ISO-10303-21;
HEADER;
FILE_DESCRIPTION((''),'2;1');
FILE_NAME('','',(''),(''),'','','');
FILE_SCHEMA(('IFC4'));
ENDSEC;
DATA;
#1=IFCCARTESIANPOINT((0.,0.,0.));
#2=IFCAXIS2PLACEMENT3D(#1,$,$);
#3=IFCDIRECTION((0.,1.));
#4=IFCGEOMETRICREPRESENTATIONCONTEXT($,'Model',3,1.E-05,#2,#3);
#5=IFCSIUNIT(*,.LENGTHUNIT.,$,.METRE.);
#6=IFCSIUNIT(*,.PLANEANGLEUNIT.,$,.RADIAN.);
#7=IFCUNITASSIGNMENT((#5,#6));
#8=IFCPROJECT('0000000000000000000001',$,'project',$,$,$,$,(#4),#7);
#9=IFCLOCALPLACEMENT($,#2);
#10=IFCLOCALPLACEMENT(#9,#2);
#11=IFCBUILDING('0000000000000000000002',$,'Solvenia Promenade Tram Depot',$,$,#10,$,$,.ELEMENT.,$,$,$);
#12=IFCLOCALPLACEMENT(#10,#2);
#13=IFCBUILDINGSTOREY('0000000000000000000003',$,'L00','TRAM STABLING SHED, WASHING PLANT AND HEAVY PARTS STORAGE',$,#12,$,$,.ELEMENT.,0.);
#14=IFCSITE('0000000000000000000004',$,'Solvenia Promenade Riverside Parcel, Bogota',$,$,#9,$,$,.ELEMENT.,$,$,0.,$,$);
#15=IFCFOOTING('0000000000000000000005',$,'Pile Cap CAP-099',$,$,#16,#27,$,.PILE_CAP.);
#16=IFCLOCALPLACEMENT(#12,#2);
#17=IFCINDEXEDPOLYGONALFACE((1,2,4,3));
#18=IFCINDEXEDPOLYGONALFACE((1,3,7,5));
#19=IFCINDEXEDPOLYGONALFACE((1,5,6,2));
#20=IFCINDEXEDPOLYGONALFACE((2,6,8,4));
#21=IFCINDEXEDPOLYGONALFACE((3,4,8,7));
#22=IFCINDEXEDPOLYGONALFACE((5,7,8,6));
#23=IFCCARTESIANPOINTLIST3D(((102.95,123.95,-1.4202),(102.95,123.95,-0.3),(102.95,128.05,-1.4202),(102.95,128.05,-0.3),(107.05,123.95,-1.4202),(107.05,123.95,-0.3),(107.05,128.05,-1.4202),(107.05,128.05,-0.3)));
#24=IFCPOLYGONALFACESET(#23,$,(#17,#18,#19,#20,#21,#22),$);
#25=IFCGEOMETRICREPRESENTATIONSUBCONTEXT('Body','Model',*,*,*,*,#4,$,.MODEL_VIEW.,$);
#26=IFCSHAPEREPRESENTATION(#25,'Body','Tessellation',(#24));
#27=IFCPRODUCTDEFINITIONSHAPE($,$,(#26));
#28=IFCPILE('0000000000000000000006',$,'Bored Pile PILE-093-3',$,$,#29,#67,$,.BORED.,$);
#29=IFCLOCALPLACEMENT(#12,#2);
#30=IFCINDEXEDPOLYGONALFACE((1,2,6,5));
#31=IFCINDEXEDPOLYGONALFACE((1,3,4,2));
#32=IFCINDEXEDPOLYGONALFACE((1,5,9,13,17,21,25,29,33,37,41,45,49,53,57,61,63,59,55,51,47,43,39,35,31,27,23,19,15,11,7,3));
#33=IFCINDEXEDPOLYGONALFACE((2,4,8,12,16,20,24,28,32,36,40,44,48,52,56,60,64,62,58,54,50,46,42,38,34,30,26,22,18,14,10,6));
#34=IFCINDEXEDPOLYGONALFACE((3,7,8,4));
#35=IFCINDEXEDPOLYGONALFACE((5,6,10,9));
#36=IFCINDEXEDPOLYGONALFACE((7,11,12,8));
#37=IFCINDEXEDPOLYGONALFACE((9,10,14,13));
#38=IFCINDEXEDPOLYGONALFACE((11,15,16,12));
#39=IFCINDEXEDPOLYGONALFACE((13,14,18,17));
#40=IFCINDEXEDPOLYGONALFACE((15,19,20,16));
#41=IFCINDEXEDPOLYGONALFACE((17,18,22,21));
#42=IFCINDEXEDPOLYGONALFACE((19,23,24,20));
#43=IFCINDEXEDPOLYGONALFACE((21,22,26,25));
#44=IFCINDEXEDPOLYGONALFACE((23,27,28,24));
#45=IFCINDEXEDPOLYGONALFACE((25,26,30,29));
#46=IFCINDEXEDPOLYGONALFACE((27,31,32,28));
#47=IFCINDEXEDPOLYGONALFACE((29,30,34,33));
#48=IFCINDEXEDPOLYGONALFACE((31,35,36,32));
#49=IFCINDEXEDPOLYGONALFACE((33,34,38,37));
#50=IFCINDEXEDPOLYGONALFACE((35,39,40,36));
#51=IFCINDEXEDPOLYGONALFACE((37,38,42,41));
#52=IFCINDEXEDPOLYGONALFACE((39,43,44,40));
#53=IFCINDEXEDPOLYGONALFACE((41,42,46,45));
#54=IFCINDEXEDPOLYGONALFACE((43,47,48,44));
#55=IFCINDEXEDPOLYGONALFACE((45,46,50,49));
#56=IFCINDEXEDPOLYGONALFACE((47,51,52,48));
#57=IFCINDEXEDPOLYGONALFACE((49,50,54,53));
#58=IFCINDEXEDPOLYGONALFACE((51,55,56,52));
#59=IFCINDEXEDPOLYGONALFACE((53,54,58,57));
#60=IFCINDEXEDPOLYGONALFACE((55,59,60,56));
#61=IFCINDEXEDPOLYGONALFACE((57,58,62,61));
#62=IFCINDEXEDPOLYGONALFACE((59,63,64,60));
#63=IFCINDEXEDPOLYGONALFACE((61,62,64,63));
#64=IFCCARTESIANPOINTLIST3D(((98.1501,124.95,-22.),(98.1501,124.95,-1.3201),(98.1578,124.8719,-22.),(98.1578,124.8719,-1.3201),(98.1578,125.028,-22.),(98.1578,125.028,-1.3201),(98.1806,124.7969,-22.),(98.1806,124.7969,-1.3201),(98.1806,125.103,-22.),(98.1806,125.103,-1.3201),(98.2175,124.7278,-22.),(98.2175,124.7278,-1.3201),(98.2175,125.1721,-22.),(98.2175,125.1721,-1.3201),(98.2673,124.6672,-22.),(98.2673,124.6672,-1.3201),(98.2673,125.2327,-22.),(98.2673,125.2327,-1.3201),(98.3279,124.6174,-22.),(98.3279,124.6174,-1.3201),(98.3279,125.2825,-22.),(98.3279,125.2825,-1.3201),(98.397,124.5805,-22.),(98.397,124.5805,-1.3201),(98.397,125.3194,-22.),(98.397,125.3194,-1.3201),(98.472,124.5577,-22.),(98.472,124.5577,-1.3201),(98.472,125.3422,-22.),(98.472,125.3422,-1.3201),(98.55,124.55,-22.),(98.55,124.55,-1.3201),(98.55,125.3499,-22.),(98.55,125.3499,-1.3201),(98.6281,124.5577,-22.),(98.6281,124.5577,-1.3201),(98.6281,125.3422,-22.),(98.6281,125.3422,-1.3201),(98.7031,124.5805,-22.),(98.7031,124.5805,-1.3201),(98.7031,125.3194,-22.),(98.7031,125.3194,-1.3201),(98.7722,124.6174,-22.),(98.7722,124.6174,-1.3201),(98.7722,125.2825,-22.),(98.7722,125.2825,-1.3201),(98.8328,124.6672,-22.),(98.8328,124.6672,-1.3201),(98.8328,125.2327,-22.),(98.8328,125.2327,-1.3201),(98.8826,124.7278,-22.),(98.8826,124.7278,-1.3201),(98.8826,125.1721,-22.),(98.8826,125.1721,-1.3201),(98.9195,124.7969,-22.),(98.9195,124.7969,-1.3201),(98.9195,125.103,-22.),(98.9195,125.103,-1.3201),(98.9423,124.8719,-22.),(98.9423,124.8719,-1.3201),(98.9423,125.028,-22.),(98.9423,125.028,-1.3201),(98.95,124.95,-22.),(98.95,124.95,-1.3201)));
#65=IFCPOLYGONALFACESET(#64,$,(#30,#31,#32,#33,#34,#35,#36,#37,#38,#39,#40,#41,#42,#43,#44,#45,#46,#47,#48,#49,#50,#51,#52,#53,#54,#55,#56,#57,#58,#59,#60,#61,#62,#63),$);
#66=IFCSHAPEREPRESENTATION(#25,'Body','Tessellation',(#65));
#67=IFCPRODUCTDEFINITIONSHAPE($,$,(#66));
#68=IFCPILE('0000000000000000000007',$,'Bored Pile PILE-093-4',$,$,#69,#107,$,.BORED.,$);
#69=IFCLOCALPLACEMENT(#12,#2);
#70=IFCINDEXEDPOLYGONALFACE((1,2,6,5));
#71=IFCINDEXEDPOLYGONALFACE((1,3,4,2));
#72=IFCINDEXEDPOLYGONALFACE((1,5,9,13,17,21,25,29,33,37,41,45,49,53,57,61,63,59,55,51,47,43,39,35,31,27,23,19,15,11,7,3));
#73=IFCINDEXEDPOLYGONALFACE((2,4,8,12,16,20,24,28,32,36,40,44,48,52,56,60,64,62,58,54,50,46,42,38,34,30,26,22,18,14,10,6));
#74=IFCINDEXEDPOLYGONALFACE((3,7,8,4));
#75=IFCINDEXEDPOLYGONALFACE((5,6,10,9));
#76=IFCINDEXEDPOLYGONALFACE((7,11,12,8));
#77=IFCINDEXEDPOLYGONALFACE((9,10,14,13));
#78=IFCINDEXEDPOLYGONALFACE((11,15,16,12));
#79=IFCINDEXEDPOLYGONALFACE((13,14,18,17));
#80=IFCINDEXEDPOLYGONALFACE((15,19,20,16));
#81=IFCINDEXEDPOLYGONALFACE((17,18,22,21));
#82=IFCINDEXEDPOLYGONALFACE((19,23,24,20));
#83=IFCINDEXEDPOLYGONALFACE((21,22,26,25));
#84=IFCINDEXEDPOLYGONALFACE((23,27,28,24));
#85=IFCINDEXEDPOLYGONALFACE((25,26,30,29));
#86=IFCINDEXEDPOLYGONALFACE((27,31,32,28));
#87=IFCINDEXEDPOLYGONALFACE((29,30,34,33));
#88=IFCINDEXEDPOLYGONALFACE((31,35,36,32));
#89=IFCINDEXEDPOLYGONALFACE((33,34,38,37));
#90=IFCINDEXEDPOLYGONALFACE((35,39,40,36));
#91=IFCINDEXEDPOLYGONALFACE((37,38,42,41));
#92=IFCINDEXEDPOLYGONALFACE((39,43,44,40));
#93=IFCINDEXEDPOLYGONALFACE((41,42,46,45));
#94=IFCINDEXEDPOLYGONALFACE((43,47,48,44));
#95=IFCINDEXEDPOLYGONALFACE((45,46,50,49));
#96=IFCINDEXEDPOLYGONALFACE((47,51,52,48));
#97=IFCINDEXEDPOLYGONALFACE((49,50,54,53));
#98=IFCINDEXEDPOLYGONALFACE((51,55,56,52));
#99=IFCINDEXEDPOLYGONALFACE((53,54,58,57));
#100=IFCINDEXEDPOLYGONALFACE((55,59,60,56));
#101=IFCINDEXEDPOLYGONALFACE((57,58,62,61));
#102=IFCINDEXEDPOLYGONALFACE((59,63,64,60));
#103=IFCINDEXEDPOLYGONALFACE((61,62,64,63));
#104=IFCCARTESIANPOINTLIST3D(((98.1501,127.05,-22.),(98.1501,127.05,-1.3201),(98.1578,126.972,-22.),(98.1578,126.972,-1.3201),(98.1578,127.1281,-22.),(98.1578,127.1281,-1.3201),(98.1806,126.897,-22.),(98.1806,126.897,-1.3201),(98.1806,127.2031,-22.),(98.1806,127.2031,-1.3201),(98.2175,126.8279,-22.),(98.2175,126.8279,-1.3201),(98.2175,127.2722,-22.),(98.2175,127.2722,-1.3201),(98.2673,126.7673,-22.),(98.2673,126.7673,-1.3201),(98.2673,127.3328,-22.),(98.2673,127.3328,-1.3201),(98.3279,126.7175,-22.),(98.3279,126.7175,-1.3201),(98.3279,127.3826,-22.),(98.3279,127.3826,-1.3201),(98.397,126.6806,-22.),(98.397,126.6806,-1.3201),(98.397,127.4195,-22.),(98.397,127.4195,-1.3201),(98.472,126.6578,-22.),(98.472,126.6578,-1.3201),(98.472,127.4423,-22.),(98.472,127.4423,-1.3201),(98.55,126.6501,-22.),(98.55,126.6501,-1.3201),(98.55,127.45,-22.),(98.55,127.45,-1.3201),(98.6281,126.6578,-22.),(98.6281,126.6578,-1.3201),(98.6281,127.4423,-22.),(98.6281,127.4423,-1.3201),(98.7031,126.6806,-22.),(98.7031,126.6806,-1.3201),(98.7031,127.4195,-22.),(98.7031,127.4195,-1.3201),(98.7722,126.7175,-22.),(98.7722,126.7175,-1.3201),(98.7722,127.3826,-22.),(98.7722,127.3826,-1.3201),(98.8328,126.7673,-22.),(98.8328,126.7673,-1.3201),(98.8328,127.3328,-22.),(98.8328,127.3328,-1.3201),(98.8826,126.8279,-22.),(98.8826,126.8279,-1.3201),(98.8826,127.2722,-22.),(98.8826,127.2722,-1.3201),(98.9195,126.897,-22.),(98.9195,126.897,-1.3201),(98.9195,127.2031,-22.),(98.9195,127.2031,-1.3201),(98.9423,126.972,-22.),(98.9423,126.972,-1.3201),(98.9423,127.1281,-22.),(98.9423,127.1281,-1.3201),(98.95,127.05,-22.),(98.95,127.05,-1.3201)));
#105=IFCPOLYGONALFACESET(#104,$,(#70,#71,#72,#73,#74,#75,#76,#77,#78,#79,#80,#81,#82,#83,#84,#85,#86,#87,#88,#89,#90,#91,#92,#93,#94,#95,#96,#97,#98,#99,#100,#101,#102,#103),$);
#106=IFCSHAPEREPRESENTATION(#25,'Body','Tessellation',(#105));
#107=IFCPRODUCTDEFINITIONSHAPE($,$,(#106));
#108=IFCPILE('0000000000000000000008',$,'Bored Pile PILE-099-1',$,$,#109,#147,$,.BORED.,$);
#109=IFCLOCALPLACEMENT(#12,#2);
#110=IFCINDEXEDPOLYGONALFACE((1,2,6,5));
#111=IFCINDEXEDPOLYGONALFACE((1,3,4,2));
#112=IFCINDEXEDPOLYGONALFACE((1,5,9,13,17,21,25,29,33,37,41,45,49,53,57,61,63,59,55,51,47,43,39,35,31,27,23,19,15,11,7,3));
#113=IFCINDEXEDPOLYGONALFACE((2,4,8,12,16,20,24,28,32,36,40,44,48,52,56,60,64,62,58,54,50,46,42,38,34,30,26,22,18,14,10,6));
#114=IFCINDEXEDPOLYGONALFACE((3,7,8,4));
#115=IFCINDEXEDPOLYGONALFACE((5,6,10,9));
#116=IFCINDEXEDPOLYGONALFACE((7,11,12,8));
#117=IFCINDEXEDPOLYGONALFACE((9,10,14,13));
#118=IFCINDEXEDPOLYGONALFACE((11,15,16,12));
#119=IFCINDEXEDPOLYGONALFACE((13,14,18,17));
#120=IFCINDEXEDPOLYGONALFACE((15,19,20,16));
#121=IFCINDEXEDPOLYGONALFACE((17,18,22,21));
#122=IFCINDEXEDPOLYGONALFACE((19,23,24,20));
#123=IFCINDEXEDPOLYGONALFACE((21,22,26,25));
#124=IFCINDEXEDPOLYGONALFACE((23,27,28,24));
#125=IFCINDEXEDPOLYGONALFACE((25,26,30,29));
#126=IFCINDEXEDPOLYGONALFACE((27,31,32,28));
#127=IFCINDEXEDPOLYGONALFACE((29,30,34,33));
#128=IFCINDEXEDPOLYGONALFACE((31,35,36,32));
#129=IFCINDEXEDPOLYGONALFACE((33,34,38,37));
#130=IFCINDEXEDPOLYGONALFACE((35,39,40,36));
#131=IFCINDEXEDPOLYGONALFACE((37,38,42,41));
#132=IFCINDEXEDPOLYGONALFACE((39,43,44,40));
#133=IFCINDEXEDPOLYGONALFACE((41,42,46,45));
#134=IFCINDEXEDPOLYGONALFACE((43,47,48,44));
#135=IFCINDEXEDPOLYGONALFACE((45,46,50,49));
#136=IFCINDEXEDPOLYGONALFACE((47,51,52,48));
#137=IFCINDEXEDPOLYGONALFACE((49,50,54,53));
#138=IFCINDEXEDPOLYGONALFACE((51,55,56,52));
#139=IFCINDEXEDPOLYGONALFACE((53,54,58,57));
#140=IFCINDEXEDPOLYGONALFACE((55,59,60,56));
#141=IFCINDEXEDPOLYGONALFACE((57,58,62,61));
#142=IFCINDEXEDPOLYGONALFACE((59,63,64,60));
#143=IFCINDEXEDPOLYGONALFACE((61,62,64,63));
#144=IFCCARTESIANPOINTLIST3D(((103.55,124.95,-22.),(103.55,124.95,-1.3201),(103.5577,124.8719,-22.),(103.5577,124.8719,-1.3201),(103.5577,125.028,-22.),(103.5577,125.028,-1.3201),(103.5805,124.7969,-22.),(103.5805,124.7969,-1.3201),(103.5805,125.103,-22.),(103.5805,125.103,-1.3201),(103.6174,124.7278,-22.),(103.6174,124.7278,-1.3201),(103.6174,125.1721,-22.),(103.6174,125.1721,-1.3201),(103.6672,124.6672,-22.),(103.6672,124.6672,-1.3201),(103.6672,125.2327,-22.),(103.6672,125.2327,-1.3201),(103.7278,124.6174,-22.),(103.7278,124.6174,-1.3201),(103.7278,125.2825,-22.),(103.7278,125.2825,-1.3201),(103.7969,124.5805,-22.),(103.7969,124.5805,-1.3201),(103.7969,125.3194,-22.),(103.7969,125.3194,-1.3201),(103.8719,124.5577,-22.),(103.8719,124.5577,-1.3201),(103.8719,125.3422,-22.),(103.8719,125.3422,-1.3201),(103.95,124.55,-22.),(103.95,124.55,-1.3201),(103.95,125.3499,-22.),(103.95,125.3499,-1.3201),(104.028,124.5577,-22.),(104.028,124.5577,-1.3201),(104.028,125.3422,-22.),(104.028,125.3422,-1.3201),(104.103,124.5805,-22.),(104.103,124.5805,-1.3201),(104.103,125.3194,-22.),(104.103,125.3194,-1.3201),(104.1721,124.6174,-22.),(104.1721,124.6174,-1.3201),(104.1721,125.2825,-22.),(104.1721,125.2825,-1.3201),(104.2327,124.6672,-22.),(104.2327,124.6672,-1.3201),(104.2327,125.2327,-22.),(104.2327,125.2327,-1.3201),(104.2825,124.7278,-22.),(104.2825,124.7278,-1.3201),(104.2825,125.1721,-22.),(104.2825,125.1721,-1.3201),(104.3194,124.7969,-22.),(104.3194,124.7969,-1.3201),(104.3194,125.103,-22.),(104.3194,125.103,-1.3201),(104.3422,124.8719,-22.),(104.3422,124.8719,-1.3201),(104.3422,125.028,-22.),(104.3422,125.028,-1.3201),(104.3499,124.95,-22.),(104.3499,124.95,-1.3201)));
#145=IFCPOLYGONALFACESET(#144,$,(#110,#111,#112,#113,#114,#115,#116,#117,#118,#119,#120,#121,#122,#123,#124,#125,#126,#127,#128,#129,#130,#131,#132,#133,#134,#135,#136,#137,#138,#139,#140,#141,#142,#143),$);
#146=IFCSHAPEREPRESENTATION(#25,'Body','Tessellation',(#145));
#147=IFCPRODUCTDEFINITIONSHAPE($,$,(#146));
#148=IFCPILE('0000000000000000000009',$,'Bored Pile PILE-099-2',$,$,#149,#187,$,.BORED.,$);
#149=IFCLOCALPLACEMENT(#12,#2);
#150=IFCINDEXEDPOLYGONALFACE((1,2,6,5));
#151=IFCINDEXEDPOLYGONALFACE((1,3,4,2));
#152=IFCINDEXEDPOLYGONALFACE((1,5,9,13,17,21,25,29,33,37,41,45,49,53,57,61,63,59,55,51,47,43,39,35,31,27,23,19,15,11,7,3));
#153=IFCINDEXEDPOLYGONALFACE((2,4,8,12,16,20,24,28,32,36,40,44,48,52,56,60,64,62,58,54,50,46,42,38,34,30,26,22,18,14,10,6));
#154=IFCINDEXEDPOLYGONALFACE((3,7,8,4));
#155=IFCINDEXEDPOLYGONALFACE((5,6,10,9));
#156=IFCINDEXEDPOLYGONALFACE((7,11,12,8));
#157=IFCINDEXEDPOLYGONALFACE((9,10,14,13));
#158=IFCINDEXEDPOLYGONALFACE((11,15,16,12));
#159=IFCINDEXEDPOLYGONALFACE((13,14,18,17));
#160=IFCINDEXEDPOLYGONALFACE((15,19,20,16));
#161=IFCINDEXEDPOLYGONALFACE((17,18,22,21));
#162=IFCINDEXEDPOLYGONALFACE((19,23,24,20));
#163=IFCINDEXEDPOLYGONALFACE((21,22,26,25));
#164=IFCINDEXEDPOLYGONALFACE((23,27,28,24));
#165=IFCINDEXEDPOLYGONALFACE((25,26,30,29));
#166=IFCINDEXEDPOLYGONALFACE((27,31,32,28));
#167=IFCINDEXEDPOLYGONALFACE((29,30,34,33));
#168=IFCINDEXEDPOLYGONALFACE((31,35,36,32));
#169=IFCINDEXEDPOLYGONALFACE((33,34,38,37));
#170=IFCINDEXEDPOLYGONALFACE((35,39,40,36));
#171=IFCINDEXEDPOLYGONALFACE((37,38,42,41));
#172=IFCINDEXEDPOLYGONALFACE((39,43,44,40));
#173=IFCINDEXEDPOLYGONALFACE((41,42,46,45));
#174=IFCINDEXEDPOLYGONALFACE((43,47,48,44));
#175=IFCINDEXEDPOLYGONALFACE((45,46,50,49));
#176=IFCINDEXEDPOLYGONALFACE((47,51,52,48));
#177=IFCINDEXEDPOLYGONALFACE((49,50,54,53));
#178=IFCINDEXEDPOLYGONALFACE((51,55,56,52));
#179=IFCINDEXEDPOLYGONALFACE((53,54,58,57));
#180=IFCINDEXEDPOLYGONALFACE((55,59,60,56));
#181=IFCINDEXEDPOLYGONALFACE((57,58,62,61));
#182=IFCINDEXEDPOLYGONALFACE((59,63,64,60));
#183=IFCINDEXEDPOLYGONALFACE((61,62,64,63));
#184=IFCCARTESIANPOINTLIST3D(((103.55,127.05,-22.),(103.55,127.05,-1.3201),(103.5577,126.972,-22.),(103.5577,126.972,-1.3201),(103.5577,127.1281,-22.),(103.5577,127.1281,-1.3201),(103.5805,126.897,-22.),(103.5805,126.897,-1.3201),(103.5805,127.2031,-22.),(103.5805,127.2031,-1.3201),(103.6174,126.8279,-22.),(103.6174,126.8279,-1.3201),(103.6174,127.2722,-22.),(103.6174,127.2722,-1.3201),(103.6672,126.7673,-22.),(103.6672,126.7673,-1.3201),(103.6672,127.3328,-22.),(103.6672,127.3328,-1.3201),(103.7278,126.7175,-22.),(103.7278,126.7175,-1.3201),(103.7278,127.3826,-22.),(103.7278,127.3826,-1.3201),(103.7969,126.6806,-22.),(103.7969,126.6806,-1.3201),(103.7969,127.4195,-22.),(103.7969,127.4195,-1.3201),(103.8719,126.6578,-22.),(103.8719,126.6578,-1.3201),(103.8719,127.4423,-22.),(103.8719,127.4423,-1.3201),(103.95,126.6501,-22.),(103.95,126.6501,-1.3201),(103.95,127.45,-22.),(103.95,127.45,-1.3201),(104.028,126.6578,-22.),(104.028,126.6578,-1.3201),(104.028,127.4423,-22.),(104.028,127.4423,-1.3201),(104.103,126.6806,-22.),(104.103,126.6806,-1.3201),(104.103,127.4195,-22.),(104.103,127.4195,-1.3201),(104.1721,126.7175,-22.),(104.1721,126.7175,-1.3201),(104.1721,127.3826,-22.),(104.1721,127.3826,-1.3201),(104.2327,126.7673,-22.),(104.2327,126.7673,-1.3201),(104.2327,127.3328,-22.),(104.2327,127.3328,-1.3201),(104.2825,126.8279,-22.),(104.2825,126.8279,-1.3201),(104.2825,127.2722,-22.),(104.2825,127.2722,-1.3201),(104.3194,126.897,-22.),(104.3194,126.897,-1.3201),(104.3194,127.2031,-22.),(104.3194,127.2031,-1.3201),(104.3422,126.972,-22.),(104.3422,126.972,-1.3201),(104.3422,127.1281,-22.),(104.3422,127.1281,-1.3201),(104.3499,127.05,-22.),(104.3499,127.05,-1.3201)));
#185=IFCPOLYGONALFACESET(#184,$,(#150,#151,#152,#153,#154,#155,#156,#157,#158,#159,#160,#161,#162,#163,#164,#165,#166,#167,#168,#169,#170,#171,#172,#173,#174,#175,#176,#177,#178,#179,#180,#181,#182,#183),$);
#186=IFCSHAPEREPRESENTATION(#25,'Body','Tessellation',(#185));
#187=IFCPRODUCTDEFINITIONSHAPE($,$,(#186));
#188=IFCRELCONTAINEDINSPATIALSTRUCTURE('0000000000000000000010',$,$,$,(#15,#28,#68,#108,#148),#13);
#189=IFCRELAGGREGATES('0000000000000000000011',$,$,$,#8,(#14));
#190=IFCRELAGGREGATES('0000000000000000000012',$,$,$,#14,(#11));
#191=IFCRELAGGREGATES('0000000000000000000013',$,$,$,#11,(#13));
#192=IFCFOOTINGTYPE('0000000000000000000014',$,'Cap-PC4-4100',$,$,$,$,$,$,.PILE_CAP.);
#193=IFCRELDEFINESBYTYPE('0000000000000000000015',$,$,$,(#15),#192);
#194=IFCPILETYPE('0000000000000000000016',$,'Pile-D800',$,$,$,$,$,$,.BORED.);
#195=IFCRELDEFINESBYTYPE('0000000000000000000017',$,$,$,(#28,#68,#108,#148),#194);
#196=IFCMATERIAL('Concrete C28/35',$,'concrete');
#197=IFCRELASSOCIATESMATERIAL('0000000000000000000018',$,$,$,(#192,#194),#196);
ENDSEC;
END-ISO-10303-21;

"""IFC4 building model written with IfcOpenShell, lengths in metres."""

from ifc_helpers import new_model, si_unit, direction, frame, origin, origin_2d, place, context, subcontext, project, spatial, rectangle, circle, extrude, material, material_profile, profile_set, type_object, element, save


model = new_model("IFC4")

# Units and contexts
model_context = context("Model", 3, precision=1e-05, world=origin(), true_north=direction((0.0, 1.0)))
body_context = subcontext(model_context, "Body", "Model", "MODEL_VIEW")
ifc_project = project(units=[si_unit("LENGTHUNIT", "METRE"), si_unit("PLANEANGLEUNIT", "RADIAN")], contexts=[model_context])

# Site, building, storey
site_placement = place(None, origin())
site = spatial("IfcSite", under=ifc_project, at=site_placement, Name="Solvenia Promenade Riverside Parcel, Bogota", CompositionType="ELEMENT", RefElevation=0.0)
building_placement = place(site_placement, origin())
building = spatial("IfcBuilding", under=site, at=building_placement, Name="Solvenia Promenade Tram Depot", CompositionType="ELEMENT")
storey_placement = place(building_placement, origin())
storey = spatial("IfcBuildingStorey", under=building, at=storey_placement, Name="L00", Description="TRAM STABLING SHED, WASHING PLANT AND HEAVY PARTS STORAGE", CompositionType="ELEMENT", Elevation=0.0)

# Footing
ifc_material_1 = material(Name="Concrete C28/35", Category="concrete")
footing_type_1 = type_object("IfcFootingType", Name="Cap-PC4-4100", PredefinedType="PILE_CAP", material=ifc_material_1)
footing_1_placement = place(storey_placement, frame((105.0, 126.0, -1.4202), z_axis=(0.0, 0.0, 1.0), x_axis=(1.0, 0.0, 0.0)))
element("IfcFooting", 1, at=footing_1_placement, inside=storey, type_object=footing_type_1, Name="Pile Cap CAP-099", PredefinedType="PILE_CAP", context=body_context, shape_type="SweptSolid", body=[
    extrude(rectangle(XDim=4.1001, YDim=4.1001, at=origin_2d()), origin(), (0.0, 0.0, 1.0), 1.1201),
])

# Piles
ifc_material_profile_1 = material_profile(ifc_material_1, circle(Radius=0.3999, at=origin_2d()), Name="D800", Category="concrete")
ifc_profile_set_1 = profile_set([ifc_material_profile_1], Name="Concrete C28/35")
pile_type = type_object("IfcPileType", Name="Pile-D800", PredefinedType="BORED", material=ifc_profile_set_1)
for number, where, z_axis, x_axis, name in (
    (2, (98.55, 124.95, -1.3201), (0.0, 0.0, -1.0), (1.0, 0.0, 0.0), "Bored Pile PILE-093-3"),
    (3, (98.55, 127.05, -1.3201), (0.0, 0.0, -1.0), (1.0, 0.0, 0.0), "Bored Pile PILE-093-4"),
    (4, (103.95, 124.95, -1.3201), (0.0, 0.0, -1.0), (1.0, 0.0, 0.0), "Bored Pile PILE-099-1"),
    (5, (103.95, 127.05, -1.3201), (0.0, 0.0, -1.0), (1.0, 0.0, 0.0), "Bored Pile PILE-099-2"),
):
    element("IfcPile", number, at=place(storey_placement, frame(where, z_axis=z_axis, x_axis=x_axis)), inside=storey, type_object=pile_type, Name=name, PredefinedType="BORED", context=body_context, shape_type="SweptSolid", body=[
        extrude(circle(Radius=0.3999, at=origin_2d()), origin(), (0.0, 0.0, 1.0), 20.6799),
    ])

save(model, "model.ifc")
